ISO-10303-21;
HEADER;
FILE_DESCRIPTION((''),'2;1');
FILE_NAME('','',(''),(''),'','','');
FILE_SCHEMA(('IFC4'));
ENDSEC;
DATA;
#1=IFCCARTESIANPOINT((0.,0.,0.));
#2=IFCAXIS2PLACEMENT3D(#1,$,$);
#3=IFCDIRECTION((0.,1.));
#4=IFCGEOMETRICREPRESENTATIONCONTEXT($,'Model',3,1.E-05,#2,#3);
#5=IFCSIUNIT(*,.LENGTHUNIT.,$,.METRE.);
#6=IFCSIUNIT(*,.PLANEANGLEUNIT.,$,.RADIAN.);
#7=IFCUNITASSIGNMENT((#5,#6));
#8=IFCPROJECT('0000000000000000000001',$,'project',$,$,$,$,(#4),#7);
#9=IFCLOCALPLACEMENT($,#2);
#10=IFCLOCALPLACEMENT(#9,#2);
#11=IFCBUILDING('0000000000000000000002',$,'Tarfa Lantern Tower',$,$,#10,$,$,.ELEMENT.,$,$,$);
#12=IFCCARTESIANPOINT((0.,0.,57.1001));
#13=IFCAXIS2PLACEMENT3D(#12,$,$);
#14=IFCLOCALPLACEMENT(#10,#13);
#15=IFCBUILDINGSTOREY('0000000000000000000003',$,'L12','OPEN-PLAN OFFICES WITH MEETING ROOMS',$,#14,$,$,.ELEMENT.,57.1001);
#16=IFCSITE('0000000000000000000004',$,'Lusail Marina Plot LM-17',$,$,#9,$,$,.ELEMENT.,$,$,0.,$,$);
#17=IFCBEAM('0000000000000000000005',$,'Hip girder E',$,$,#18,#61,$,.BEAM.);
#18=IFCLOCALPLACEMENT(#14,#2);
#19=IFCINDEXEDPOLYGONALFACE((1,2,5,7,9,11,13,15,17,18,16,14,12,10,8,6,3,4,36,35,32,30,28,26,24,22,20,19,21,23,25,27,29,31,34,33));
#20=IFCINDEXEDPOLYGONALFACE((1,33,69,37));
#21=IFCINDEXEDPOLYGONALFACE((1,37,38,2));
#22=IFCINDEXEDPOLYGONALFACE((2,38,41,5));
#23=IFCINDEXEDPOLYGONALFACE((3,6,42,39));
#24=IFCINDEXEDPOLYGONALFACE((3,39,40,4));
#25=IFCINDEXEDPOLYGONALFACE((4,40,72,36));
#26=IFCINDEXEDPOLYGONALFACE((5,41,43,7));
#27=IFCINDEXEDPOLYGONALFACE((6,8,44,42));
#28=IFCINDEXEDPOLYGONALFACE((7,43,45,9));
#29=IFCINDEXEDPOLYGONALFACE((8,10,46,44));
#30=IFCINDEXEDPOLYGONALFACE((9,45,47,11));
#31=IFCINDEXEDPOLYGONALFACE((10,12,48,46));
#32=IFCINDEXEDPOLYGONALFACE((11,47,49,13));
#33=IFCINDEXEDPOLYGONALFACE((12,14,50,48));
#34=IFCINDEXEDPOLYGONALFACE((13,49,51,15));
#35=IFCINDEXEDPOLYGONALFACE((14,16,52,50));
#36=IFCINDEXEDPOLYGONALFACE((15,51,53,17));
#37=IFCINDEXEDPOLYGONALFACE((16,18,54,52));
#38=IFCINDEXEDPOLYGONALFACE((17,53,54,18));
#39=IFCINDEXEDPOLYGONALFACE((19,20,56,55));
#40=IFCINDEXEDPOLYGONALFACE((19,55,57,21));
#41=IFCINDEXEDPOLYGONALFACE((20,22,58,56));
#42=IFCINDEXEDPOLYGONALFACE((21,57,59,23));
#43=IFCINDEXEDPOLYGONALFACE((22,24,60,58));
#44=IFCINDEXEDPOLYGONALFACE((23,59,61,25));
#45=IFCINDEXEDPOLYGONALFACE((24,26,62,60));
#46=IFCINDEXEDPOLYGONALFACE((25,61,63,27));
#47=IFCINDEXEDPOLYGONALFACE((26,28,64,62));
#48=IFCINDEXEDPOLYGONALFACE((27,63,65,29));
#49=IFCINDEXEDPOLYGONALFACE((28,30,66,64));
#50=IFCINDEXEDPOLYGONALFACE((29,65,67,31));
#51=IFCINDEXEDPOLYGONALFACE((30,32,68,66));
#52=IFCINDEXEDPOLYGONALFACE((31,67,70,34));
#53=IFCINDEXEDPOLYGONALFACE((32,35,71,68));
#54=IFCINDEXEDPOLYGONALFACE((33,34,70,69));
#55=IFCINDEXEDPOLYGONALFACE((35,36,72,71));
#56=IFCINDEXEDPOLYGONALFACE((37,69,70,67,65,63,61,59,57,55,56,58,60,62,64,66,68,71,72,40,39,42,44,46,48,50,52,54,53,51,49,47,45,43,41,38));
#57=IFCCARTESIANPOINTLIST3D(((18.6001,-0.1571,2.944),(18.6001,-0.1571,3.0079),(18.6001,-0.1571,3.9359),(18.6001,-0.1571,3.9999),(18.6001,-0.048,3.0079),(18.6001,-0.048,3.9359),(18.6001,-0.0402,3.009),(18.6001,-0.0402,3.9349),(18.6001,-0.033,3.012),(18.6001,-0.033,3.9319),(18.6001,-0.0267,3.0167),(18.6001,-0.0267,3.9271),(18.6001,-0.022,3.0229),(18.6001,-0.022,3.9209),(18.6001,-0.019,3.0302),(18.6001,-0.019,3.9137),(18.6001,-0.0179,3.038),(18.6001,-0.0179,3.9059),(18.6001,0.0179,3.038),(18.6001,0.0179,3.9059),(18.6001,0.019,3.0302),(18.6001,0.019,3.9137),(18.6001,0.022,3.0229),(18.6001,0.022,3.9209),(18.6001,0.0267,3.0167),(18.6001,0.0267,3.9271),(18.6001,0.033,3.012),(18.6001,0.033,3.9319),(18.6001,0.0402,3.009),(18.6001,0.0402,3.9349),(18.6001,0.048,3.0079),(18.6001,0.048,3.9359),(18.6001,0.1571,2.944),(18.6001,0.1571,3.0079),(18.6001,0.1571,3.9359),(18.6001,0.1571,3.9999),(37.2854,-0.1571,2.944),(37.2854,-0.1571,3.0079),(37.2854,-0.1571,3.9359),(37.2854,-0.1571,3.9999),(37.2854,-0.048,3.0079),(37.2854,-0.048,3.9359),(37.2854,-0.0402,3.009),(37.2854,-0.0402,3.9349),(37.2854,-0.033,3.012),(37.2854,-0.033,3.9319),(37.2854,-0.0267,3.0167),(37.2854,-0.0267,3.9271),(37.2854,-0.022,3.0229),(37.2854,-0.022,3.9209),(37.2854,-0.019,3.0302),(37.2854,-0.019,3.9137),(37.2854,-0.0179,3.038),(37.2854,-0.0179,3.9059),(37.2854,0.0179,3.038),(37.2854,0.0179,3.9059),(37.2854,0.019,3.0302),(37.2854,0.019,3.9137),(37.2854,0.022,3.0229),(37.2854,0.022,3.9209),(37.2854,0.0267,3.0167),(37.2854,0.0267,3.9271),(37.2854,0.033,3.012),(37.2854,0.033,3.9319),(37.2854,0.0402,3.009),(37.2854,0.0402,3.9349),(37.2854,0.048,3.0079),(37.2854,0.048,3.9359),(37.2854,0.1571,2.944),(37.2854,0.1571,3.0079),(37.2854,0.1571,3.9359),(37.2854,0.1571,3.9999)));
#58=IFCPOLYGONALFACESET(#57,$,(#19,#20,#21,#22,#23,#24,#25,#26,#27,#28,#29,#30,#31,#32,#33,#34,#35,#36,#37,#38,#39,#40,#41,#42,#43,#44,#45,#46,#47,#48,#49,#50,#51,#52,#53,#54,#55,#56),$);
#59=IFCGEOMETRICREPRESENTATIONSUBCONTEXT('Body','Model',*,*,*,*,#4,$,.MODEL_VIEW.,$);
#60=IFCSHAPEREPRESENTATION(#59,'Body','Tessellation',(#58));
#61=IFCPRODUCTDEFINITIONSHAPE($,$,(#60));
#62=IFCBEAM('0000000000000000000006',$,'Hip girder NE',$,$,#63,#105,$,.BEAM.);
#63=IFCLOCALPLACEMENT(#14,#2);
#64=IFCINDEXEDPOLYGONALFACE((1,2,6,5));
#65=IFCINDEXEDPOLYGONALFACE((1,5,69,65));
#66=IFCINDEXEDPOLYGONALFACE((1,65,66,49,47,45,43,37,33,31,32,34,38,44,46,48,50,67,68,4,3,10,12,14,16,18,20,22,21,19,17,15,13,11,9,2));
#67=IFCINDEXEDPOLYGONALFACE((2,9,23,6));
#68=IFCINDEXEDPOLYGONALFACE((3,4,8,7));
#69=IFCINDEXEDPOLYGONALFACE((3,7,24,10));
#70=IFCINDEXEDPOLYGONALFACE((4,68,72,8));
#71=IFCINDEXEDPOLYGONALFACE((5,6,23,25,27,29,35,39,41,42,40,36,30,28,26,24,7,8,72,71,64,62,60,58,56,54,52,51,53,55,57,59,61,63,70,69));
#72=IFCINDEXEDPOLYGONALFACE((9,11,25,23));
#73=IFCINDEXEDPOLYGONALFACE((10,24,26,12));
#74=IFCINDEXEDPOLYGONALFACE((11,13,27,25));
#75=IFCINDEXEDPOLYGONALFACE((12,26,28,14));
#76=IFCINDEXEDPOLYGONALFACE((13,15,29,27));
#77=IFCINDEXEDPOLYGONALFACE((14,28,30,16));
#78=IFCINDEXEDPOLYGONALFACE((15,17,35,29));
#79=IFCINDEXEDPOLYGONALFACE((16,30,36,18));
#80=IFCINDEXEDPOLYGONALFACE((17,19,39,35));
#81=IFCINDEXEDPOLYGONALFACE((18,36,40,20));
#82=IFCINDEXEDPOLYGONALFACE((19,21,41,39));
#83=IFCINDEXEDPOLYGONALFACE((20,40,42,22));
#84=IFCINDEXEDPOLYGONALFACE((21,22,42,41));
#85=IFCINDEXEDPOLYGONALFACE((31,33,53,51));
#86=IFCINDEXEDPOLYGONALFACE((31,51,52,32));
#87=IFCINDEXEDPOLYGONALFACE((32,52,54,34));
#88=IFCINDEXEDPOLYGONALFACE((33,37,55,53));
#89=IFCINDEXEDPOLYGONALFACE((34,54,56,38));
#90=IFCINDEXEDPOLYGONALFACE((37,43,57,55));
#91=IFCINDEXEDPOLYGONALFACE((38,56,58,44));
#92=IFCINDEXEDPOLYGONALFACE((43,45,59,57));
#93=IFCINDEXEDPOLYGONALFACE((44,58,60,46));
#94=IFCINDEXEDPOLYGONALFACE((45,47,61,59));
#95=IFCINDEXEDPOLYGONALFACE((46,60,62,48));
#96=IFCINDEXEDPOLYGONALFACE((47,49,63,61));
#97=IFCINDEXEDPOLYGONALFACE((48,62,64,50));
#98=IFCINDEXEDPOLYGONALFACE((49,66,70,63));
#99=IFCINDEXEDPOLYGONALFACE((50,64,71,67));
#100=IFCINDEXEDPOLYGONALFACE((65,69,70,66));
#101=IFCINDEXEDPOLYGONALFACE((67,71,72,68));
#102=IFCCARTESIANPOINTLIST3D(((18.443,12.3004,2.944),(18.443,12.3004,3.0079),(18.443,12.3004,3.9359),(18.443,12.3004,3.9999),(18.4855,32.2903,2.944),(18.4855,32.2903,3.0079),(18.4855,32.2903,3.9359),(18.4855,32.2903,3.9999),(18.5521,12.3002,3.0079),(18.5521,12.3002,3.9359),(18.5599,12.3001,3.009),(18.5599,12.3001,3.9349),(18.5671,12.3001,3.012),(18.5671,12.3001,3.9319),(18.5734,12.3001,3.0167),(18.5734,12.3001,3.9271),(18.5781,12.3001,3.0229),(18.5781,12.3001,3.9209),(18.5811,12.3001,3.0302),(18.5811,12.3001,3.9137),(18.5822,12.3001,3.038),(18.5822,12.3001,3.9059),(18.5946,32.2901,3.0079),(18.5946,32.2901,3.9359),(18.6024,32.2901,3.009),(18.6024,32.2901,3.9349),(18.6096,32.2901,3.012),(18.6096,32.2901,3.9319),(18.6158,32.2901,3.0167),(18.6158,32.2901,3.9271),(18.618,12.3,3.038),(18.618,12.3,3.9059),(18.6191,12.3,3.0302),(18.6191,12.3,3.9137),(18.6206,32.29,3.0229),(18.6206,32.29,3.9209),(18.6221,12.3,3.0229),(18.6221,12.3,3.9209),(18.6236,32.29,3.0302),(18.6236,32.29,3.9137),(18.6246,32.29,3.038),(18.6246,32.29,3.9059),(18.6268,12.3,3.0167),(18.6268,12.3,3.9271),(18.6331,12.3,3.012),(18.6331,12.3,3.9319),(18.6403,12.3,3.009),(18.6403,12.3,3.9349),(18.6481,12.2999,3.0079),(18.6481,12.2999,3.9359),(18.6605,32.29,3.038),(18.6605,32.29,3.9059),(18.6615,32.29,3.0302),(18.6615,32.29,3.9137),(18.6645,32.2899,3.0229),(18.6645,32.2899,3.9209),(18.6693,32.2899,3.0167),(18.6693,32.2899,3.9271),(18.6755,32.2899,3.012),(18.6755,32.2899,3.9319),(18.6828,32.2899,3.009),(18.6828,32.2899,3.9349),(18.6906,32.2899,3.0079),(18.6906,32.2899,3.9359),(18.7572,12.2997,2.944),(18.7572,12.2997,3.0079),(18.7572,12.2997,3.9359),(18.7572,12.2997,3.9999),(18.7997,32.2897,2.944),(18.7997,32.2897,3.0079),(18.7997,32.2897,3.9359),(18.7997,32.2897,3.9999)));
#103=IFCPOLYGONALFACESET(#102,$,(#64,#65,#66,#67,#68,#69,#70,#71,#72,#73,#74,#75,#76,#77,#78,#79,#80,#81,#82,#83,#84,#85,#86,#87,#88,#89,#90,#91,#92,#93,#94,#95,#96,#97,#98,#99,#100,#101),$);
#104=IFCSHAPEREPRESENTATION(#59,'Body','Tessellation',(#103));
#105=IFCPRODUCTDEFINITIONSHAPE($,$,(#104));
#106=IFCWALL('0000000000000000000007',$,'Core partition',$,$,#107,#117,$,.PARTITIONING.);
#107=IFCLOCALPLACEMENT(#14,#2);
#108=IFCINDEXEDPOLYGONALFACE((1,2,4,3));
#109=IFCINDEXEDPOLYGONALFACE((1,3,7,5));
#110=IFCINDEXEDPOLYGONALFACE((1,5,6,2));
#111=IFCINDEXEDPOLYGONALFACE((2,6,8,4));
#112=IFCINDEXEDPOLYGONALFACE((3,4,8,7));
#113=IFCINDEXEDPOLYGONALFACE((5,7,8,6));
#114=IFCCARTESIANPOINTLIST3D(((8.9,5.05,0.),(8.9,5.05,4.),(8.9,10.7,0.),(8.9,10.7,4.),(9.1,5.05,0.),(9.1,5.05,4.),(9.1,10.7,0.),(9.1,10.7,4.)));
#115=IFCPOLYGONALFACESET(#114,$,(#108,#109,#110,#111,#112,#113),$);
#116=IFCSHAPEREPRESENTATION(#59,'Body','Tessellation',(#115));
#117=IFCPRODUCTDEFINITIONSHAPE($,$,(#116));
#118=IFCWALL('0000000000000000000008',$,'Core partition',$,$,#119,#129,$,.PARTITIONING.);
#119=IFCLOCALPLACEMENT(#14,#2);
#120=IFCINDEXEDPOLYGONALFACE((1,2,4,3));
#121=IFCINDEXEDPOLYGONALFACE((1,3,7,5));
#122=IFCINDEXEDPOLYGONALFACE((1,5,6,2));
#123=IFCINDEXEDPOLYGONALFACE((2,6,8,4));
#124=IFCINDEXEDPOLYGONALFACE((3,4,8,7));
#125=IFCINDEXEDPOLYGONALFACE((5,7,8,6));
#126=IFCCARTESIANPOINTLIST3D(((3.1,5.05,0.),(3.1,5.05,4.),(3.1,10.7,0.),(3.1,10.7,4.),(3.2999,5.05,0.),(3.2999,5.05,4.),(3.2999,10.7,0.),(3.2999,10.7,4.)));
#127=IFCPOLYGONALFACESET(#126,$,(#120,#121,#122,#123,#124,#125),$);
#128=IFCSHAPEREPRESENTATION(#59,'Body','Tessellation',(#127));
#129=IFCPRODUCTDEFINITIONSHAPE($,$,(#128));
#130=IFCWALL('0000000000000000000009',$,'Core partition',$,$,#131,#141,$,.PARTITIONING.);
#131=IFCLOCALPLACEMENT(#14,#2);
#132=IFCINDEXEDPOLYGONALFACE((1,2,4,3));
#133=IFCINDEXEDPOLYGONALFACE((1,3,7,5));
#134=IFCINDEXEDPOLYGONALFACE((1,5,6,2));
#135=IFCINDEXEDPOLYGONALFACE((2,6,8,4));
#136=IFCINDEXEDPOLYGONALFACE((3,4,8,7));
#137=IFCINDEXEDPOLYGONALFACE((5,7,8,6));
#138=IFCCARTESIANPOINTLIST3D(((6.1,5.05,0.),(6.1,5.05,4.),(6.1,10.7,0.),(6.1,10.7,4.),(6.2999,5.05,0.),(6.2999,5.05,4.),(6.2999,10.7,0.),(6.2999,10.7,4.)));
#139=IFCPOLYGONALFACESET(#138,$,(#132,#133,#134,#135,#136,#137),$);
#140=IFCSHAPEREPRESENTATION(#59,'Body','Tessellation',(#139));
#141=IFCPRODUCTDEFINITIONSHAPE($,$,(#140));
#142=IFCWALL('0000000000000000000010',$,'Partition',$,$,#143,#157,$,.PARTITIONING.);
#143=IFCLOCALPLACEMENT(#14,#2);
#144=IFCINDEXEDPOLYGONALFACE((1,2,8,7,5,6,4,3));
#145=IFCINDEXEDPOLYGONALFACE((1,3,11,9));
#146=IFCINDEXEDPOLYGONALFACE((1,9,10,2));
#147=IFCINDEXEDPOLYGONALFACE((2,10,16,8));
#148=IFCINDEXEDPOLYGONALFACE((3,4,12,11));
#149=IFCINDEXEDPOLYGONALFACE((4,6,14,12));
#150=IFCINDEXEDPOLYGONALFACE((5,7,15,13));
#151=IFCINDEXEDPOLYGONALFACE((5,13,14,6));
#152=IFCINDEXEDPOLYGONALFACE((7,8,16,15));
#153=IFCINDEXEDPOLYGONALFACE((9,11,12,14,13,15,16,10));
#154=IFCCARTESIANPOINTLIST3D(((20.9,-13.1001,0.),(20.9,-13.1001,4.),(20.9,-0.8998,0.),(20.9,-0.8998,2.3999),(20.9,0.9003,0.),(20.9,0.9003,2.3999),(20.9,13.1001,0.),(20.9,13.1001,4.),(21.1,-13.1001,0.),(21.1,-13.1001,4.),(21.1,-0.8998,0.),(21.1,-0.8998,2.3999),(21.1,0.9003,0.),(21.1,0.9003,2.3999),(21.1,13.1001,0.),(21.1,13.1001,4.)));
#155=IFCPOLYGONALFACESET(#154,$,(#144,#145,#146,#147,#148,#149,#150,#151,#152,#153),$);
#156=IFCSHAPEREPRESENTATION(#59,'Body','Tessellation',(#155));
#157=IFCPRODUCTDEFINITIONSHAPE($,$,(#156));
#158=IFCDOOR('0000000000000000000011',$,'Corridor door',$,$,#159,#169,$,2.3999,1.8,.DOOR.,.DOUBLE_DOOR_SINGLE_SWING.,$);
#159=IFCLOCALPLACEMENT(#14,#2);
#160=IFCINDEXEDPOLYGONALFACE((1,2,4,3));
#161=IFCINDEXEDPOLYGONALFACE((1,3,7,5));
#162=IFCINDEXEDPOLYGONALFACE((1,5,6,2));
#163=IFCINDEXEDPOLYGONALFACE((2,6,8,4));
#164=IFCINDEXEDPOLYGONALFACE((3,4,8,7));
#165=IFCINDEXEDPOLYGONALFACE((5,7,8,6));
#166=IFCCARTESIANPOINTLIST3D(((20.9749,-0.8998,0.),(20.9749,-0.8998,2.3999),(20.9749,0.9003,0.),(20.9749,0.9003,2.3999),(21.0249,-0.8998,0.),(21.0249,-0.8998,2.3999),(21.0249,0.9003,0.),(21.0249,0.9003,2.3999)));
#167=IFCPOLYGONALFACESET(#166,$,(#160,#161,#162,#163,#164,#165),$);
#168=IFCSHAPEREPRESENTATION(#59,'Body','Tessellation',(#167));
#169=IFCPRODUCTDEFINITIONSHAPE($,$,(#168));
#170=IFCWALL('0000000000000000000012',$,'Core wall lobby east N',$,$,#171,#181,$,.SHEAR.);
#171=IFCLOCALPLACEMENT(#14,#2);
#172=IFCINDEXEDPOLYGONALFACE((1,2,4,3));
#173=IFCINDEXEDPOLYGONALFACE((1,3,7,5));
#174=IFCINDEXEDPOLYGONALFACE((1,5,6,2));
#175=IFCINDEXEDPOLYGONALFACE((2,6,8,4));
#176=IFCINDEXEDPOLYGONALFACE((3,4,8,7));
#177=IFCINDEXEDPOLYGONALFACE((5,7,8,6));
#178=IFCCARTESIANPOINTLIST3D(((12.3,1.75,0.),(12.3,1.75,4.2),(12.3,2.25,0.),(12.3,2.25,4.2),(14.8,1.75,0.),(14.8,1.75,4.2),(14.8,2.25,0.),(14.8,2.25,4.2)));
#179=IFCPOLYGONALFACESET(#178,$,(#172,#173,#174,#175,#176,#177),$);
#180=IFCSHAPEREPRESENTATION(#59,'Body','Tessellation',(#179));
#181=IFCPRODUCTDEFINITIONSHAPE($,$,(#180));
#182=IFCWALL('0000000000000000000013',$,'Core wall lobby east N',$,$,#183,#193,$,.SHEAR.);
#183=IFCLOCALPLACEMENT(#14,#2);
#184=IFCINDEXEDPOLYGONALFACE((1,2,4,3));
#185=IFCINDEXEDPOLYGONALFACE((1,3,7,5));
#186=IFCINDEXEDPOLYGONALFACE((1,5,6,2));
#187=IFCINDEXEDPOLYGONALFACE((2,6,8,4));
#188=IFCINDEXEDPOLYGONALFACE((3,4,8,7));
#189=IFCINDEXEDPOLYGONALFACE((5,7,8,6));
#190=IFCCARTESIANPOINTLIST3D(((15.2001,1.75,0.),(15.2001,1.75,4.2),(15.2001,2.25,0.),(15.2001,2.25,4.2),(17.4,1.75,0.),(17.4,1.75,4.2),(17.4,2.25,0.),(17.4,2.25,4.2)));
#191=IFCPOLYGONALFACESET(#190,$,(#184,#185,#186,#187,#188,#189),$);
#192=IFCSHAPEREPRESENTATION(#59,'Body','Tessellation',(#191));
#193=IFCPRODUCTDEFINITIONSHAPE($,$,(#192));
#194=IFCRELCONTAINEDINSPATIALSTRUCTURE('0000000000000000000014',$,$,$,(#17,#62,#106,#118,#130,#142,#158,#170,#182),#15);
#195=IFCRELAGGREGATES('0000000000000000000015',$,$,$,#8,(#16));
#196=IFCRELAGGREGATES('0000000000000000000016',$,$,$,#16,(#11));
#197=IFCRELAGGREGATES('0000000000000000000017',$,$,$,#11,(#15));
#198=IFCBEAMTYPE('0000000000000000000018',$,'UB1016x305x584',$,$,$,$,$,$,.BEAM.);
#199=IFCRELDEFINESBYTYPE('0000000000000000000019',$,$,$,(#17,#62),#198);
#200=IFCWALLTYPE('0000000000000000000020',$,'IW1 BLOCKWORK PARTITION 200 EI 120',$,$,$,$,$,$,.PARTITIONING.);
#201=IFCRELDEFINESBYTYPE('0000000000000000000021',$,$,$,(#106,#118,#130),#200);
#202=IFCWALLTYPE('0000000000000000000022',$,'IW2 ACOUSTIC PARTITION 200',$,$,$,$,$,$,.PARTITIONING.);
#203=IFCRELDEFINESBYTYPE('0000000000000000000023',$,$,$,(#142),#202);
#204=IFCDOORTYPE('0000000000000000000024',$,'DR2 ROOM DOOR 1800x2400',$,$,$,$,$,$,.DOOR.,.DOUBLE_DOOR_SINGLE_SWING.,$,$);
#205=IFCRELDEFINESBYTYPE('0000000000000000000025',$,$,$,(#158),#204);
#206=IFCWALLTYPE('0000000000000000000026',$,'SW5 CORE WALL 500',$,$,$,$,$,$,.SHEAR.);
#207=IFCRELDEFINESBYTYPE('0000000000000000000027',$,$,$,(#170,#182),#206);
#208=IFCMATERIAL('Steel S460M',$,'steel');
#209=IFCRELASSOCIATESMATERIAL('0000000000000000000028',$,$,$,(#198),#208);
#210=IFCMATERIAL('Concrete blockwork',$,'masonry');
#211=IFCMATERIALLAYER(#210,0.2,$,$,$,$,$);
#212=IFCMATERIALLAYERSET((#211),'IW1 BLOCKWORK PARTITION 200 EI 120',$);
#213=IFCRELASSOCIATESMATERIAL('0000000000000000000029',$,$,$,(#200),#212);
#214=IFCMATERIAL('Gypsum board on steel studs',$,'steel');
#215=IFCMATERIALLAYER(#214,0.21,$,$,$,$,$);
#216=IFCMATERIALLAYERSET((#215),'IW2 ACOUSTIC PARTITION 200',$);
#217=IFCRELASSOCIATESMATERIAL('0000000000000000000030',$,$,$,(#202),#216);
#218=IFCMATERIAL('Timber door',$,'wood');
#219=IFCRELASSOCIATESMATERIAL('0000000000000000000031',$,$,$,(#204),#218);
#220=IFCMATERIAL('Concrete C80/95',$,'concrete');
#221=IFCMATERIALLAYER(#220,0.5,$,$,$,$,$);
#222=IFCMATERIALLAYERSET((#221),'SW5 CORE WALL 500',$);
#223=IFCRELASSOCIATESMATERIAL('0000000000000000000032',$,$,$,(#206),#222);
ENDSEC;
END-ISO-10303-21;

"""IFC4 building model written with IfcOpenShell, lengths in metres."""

from ifc_helpers import new_model, si_unit, direction, frame, frame_2d, origin, origin_2d, place, context, subcontext, project, spatial, rectangle, i_section, extrude, material, layer, layer_set, material_profile, profile_set, type_object, element, fill, save


model = new_model("IFC4")

# Units and contexts
model_context = context("Model", 3, precision=1e-05, world=origin(), true_north=direction((0.0, 1.0)))
body_context = subcontext(model_context, "Body", "Model", "MODEL_VIEW")
ifc_project = project(units=[si_unit("LENGTHUNIT", "METRE"), si_unit("PLANEANGLEUNIT", "RADIAN")], contexts=[model_context])

# Site, building, storey
site_placement = place(None, origin())
site = spatial("IfcSite", under=ifc_project, at=site_placement, Name="Lusail Marina Plot LM-17", CompositionType="ELEMENT", RefElevation=0.0)
building_placement = place(site_placement, origin())
building = spatial("IfcBuilding", under=site, at=building_placement, Name="Tarfa Lantern Tower", CompositionType="ELEMENT")
storey_placement = place(building_placement, frame((0.0, 0.0, 57.1001)))
storey = spatial("IfcBuildingStorey", under=building, at=storey_placement, Name="L12", Description="OPEN-PLAN OFFICES WITH MEETING ROOMS", CompositionType="ELEMENT", Elevation=57.1001)

# Beams
ifc_material_1 = material(Name="Steel S460M", Category="steel")
ifc_material_profile = material_profile(ifc_material_1, i_section(OverallWidth=0.3142, OverallDepth=1.0559, WebThickness=0.0359, FlangeThickness=0.064, FilletRadius=0.03, at=origin_2d()), Name="UB1016x305x584")
ifc_profile_set = profile_set([ifc_material_profile], Name="Steel S460M")
beam_type = type_object("IfcBeamType", Name="UB1016x305x584", PredefinedType="BEAM", material=ifc_profile_set)
beam_1_placement = place(storey_placement, frame((18.6001, 0.0, 3.4719), z_axis=(1.0, 0.0, 0.0), x_axis=(0.0, 1.0, 0.0)))
element("IfcBeam", 1, at=beam_1_placement, inside=storey, type_object=beam_type, Name="Hip girder E", PredefinedType="BEAM", context=body_context, shape_type="SweptSolid", body=[
    extrude(i_section(OverallWidth=0.3142, OverallDepth=1.0559, WebThickness=0.0359, FlangeThickness=0.064, FilletRadius=0.03, at=origin_2d()), origin(), (0.0, 0.0, 1.0), 18.6853),
])
beam_2_placement = place(storey_placement, frame((18.6001, 12.3, 3.4719), z_axis=(0.002125, 0.999998, 0.0), x_axis=(-0.999998, 0.002125, 0.0)))
element("IfcBeam", 2, at=beam_2_placement, inside=storey, type_object=beam_type, Name="Hip girder NE", PredefinedType="BEAM", context=body_context, shape_type="SweptSolid", body=[
    extrude(i_section(OverallWidth=0.3142, OverallDepth=1.0559, WebThickness=0.0359, FlangeThickness=0.064, FilletRadius=0.03, at=origin_2d()), origin(), (0.0, 0.0, 1.0), 19.99),
])

# Walls
ifc_material_2 = material(Name="Concrete blockwork", Category="masonry")
ifc_layer_1 = layer(ifc_material_2, 0.2)
ifc_layer_set_1 = layer_set([ifc_layer_1], Name="IW1 BLOCKWORK PARTITION 200 EI 120")
wall_type_1 = type_object("IfcWallType", Name="IW1 BLOCKWORK PARTITION 200 EI 120", PredefinedType="PARTITIONING", material=ifc_layer_set_1)
for number, where, z_axis, x_axis, name in (
    (3, (9.0, 5.05, 0.0), (0.0, 0.0, 1.0), (0.0, 1.0, 0.0), "Core partition"),
    (4, (3.2, 5.05, 0.0), (0.0, 0.0, 1.0), (0.0, 1.0, 0.0), "Core partition"),
    (5, (6.2, 5.05, 0.0), (0.0, 0.0, 1.0), (0.0, 1.0, 0.0), "Core partition"),
):
    element("IfcWall", number, at=place(storey_placement, frame(where, z_axis=z_axis, x_axis=x_axis)), inside=storey, type_object=wall_type_1, Name=name, PredefinedType="PARTITIONING", context=body_context, shape_type="SweptSolid", body=[
        extrude(rectangle(XDim=5.6499, YDim=0.2, at=frame_2d((2.825, 0.0))), origin(), (0.0, 0.0, 1.0), 4.0),
    ])

# Wall, opening, door
ifc_material_3 = material(Name="Gypsum board on steel studs", Category="steel")
ifc_layer_2 = layer(ifc_material_3, 0.21)
ifc_layer_set_2 = layer_set([ifc_layer_2], Name="IW2 ACOUSTIC PARTITION 200")
wall_type_2 = type_object("IfcWallType", Name="IW2 ACOUSTIC PARTITION 200", PredefinedType="PARTITIONING", material=ifc_layer_set_2)
wall_1_placement = place(storey_placement, frame((21.0, 13.1001, 0.0), z_axis=(0.0, 0.0, 1.0), x_axis=(0.0, -1.0, 0.0)))
wall_1 = element("IfcWall", 6, at=wall_1_placement, inside=storey, type_object=wall_type_2, Name="Partition", PredefinedType="PARTITIONING", context=body_context, shape_type="SweptSolid", body=[
    extrude(rectangle(XDim=26.2002, YDim=0.2, at=frame_2d((13.1001, 0.0))), origin(), (0.0, 0.0, 1.0), 4.0),
])
opening_placement = place(wall_1_placement, frame((12.2, 0.0, 0.0)))
opening = element("IfcOpeningElement", 7, at=opening_placement, cuts=wall_1, PredefinedType="OPENING", context=body_context, shape_type="SweptSolid", body=[
    extrude(rectangle(XDim=1.8, YDim=2.3999, at=frame_2d((0.8999, 1.2))), frame((0.0, 0.1099, 0.0), z_axis=(0.0, -1.0, 0.0), x_axis=(1.0, 0.0, 0.0)), (0.0, 0.0, 1.0), 0.22),
])
ifc_material_4 = material(Name="Timber door", Category="wood")
door_type = type_object("IfcDoorType", Name="DR2 ROOM DOOR 1800x2400", OperationType="DOUBLE_DOOR_SINGLE_SWING", PredefinedType="DOOR", material=ifc_material_4)
door_placement = place(opening_placement, origin())
door = element("IfcDoor", 8, at=door_placement, inside=storey, type_object=door_type, Name="Corridor door", OperationType="DOUBLE_DOOR_SINGLE_SWING", OverallHeight=2.3999, OverallWidth=1.8, PredefinedType="DOOR", context=body_context, shape_type="SweptSolid", body=[
    extrude(rectangle(XDim=1.8, YDim=2.3999, at=frame_2d((0.8999, 1.2))), frame((0.0, 0.0249, 0.0), z_axis=(0.0, -1.0, 0.0), x_axis=(1.0, 0.0, 0.0)), (0.0, 0.0, 1.0), 0.05),
])
fill(opening, door)

# Walls
ifc_material_5 = material(Name="Concrete C80/95", Category="concrete")
ifc_layer_3 = layer(ifc_material_5, 0.5)
ifc_layer_set_3 = layer_set([ifc_layer_3], Name="SW5 CORE WALL 500")
wall_type_3 = type_object("IfcWallType", Name="SW5 CORE WALL 500", PredefinedType="SHEAR", material=ifc_layer_set_3)
wall_2_placement = place(storey_placement, frame((12.3, 2.0, 0.0), z_axis=(0.0, 0.0, 1.0), x_axis=(1.0, 0.0, 0.0)))
element("IfcWall", 9, at=wall_2_placement, inside=storey, type_object=wall_type_3, Name="Core wall lobby east N", PredefinedType="SHEAR", context=body_context, shape_type="SweptSolid", body=[
    extrude(rectangle(XDim=2.5, YDim=0.5, at=frame_2d((1.25, 0.0))), origin(), (0.0, 0.0, 1.0), 4.2),
])
wall_3_placement = place(storey_placement, frame((15.2, 2.0, 0.0), z_axis=(0.0, 0.0, 1.0), x_axis=(1.0, 0.0, 0.0)))
element("IfcWall", 10, at=wall_3_placement, inside=storey, type_object=wall_type_3, Name="Core wall lobby east N", PredefinedType="SHEAR", context=body_context, shape_type="SweptSolid", body=[
    extrude(rectangle(XDim=2.2, YDim=0.5, at=frame_2d((1.1001, 0.0))), origin(), (0.0, 0.0, 1.0), 4.2),
])

save(model, "model.ifc")
